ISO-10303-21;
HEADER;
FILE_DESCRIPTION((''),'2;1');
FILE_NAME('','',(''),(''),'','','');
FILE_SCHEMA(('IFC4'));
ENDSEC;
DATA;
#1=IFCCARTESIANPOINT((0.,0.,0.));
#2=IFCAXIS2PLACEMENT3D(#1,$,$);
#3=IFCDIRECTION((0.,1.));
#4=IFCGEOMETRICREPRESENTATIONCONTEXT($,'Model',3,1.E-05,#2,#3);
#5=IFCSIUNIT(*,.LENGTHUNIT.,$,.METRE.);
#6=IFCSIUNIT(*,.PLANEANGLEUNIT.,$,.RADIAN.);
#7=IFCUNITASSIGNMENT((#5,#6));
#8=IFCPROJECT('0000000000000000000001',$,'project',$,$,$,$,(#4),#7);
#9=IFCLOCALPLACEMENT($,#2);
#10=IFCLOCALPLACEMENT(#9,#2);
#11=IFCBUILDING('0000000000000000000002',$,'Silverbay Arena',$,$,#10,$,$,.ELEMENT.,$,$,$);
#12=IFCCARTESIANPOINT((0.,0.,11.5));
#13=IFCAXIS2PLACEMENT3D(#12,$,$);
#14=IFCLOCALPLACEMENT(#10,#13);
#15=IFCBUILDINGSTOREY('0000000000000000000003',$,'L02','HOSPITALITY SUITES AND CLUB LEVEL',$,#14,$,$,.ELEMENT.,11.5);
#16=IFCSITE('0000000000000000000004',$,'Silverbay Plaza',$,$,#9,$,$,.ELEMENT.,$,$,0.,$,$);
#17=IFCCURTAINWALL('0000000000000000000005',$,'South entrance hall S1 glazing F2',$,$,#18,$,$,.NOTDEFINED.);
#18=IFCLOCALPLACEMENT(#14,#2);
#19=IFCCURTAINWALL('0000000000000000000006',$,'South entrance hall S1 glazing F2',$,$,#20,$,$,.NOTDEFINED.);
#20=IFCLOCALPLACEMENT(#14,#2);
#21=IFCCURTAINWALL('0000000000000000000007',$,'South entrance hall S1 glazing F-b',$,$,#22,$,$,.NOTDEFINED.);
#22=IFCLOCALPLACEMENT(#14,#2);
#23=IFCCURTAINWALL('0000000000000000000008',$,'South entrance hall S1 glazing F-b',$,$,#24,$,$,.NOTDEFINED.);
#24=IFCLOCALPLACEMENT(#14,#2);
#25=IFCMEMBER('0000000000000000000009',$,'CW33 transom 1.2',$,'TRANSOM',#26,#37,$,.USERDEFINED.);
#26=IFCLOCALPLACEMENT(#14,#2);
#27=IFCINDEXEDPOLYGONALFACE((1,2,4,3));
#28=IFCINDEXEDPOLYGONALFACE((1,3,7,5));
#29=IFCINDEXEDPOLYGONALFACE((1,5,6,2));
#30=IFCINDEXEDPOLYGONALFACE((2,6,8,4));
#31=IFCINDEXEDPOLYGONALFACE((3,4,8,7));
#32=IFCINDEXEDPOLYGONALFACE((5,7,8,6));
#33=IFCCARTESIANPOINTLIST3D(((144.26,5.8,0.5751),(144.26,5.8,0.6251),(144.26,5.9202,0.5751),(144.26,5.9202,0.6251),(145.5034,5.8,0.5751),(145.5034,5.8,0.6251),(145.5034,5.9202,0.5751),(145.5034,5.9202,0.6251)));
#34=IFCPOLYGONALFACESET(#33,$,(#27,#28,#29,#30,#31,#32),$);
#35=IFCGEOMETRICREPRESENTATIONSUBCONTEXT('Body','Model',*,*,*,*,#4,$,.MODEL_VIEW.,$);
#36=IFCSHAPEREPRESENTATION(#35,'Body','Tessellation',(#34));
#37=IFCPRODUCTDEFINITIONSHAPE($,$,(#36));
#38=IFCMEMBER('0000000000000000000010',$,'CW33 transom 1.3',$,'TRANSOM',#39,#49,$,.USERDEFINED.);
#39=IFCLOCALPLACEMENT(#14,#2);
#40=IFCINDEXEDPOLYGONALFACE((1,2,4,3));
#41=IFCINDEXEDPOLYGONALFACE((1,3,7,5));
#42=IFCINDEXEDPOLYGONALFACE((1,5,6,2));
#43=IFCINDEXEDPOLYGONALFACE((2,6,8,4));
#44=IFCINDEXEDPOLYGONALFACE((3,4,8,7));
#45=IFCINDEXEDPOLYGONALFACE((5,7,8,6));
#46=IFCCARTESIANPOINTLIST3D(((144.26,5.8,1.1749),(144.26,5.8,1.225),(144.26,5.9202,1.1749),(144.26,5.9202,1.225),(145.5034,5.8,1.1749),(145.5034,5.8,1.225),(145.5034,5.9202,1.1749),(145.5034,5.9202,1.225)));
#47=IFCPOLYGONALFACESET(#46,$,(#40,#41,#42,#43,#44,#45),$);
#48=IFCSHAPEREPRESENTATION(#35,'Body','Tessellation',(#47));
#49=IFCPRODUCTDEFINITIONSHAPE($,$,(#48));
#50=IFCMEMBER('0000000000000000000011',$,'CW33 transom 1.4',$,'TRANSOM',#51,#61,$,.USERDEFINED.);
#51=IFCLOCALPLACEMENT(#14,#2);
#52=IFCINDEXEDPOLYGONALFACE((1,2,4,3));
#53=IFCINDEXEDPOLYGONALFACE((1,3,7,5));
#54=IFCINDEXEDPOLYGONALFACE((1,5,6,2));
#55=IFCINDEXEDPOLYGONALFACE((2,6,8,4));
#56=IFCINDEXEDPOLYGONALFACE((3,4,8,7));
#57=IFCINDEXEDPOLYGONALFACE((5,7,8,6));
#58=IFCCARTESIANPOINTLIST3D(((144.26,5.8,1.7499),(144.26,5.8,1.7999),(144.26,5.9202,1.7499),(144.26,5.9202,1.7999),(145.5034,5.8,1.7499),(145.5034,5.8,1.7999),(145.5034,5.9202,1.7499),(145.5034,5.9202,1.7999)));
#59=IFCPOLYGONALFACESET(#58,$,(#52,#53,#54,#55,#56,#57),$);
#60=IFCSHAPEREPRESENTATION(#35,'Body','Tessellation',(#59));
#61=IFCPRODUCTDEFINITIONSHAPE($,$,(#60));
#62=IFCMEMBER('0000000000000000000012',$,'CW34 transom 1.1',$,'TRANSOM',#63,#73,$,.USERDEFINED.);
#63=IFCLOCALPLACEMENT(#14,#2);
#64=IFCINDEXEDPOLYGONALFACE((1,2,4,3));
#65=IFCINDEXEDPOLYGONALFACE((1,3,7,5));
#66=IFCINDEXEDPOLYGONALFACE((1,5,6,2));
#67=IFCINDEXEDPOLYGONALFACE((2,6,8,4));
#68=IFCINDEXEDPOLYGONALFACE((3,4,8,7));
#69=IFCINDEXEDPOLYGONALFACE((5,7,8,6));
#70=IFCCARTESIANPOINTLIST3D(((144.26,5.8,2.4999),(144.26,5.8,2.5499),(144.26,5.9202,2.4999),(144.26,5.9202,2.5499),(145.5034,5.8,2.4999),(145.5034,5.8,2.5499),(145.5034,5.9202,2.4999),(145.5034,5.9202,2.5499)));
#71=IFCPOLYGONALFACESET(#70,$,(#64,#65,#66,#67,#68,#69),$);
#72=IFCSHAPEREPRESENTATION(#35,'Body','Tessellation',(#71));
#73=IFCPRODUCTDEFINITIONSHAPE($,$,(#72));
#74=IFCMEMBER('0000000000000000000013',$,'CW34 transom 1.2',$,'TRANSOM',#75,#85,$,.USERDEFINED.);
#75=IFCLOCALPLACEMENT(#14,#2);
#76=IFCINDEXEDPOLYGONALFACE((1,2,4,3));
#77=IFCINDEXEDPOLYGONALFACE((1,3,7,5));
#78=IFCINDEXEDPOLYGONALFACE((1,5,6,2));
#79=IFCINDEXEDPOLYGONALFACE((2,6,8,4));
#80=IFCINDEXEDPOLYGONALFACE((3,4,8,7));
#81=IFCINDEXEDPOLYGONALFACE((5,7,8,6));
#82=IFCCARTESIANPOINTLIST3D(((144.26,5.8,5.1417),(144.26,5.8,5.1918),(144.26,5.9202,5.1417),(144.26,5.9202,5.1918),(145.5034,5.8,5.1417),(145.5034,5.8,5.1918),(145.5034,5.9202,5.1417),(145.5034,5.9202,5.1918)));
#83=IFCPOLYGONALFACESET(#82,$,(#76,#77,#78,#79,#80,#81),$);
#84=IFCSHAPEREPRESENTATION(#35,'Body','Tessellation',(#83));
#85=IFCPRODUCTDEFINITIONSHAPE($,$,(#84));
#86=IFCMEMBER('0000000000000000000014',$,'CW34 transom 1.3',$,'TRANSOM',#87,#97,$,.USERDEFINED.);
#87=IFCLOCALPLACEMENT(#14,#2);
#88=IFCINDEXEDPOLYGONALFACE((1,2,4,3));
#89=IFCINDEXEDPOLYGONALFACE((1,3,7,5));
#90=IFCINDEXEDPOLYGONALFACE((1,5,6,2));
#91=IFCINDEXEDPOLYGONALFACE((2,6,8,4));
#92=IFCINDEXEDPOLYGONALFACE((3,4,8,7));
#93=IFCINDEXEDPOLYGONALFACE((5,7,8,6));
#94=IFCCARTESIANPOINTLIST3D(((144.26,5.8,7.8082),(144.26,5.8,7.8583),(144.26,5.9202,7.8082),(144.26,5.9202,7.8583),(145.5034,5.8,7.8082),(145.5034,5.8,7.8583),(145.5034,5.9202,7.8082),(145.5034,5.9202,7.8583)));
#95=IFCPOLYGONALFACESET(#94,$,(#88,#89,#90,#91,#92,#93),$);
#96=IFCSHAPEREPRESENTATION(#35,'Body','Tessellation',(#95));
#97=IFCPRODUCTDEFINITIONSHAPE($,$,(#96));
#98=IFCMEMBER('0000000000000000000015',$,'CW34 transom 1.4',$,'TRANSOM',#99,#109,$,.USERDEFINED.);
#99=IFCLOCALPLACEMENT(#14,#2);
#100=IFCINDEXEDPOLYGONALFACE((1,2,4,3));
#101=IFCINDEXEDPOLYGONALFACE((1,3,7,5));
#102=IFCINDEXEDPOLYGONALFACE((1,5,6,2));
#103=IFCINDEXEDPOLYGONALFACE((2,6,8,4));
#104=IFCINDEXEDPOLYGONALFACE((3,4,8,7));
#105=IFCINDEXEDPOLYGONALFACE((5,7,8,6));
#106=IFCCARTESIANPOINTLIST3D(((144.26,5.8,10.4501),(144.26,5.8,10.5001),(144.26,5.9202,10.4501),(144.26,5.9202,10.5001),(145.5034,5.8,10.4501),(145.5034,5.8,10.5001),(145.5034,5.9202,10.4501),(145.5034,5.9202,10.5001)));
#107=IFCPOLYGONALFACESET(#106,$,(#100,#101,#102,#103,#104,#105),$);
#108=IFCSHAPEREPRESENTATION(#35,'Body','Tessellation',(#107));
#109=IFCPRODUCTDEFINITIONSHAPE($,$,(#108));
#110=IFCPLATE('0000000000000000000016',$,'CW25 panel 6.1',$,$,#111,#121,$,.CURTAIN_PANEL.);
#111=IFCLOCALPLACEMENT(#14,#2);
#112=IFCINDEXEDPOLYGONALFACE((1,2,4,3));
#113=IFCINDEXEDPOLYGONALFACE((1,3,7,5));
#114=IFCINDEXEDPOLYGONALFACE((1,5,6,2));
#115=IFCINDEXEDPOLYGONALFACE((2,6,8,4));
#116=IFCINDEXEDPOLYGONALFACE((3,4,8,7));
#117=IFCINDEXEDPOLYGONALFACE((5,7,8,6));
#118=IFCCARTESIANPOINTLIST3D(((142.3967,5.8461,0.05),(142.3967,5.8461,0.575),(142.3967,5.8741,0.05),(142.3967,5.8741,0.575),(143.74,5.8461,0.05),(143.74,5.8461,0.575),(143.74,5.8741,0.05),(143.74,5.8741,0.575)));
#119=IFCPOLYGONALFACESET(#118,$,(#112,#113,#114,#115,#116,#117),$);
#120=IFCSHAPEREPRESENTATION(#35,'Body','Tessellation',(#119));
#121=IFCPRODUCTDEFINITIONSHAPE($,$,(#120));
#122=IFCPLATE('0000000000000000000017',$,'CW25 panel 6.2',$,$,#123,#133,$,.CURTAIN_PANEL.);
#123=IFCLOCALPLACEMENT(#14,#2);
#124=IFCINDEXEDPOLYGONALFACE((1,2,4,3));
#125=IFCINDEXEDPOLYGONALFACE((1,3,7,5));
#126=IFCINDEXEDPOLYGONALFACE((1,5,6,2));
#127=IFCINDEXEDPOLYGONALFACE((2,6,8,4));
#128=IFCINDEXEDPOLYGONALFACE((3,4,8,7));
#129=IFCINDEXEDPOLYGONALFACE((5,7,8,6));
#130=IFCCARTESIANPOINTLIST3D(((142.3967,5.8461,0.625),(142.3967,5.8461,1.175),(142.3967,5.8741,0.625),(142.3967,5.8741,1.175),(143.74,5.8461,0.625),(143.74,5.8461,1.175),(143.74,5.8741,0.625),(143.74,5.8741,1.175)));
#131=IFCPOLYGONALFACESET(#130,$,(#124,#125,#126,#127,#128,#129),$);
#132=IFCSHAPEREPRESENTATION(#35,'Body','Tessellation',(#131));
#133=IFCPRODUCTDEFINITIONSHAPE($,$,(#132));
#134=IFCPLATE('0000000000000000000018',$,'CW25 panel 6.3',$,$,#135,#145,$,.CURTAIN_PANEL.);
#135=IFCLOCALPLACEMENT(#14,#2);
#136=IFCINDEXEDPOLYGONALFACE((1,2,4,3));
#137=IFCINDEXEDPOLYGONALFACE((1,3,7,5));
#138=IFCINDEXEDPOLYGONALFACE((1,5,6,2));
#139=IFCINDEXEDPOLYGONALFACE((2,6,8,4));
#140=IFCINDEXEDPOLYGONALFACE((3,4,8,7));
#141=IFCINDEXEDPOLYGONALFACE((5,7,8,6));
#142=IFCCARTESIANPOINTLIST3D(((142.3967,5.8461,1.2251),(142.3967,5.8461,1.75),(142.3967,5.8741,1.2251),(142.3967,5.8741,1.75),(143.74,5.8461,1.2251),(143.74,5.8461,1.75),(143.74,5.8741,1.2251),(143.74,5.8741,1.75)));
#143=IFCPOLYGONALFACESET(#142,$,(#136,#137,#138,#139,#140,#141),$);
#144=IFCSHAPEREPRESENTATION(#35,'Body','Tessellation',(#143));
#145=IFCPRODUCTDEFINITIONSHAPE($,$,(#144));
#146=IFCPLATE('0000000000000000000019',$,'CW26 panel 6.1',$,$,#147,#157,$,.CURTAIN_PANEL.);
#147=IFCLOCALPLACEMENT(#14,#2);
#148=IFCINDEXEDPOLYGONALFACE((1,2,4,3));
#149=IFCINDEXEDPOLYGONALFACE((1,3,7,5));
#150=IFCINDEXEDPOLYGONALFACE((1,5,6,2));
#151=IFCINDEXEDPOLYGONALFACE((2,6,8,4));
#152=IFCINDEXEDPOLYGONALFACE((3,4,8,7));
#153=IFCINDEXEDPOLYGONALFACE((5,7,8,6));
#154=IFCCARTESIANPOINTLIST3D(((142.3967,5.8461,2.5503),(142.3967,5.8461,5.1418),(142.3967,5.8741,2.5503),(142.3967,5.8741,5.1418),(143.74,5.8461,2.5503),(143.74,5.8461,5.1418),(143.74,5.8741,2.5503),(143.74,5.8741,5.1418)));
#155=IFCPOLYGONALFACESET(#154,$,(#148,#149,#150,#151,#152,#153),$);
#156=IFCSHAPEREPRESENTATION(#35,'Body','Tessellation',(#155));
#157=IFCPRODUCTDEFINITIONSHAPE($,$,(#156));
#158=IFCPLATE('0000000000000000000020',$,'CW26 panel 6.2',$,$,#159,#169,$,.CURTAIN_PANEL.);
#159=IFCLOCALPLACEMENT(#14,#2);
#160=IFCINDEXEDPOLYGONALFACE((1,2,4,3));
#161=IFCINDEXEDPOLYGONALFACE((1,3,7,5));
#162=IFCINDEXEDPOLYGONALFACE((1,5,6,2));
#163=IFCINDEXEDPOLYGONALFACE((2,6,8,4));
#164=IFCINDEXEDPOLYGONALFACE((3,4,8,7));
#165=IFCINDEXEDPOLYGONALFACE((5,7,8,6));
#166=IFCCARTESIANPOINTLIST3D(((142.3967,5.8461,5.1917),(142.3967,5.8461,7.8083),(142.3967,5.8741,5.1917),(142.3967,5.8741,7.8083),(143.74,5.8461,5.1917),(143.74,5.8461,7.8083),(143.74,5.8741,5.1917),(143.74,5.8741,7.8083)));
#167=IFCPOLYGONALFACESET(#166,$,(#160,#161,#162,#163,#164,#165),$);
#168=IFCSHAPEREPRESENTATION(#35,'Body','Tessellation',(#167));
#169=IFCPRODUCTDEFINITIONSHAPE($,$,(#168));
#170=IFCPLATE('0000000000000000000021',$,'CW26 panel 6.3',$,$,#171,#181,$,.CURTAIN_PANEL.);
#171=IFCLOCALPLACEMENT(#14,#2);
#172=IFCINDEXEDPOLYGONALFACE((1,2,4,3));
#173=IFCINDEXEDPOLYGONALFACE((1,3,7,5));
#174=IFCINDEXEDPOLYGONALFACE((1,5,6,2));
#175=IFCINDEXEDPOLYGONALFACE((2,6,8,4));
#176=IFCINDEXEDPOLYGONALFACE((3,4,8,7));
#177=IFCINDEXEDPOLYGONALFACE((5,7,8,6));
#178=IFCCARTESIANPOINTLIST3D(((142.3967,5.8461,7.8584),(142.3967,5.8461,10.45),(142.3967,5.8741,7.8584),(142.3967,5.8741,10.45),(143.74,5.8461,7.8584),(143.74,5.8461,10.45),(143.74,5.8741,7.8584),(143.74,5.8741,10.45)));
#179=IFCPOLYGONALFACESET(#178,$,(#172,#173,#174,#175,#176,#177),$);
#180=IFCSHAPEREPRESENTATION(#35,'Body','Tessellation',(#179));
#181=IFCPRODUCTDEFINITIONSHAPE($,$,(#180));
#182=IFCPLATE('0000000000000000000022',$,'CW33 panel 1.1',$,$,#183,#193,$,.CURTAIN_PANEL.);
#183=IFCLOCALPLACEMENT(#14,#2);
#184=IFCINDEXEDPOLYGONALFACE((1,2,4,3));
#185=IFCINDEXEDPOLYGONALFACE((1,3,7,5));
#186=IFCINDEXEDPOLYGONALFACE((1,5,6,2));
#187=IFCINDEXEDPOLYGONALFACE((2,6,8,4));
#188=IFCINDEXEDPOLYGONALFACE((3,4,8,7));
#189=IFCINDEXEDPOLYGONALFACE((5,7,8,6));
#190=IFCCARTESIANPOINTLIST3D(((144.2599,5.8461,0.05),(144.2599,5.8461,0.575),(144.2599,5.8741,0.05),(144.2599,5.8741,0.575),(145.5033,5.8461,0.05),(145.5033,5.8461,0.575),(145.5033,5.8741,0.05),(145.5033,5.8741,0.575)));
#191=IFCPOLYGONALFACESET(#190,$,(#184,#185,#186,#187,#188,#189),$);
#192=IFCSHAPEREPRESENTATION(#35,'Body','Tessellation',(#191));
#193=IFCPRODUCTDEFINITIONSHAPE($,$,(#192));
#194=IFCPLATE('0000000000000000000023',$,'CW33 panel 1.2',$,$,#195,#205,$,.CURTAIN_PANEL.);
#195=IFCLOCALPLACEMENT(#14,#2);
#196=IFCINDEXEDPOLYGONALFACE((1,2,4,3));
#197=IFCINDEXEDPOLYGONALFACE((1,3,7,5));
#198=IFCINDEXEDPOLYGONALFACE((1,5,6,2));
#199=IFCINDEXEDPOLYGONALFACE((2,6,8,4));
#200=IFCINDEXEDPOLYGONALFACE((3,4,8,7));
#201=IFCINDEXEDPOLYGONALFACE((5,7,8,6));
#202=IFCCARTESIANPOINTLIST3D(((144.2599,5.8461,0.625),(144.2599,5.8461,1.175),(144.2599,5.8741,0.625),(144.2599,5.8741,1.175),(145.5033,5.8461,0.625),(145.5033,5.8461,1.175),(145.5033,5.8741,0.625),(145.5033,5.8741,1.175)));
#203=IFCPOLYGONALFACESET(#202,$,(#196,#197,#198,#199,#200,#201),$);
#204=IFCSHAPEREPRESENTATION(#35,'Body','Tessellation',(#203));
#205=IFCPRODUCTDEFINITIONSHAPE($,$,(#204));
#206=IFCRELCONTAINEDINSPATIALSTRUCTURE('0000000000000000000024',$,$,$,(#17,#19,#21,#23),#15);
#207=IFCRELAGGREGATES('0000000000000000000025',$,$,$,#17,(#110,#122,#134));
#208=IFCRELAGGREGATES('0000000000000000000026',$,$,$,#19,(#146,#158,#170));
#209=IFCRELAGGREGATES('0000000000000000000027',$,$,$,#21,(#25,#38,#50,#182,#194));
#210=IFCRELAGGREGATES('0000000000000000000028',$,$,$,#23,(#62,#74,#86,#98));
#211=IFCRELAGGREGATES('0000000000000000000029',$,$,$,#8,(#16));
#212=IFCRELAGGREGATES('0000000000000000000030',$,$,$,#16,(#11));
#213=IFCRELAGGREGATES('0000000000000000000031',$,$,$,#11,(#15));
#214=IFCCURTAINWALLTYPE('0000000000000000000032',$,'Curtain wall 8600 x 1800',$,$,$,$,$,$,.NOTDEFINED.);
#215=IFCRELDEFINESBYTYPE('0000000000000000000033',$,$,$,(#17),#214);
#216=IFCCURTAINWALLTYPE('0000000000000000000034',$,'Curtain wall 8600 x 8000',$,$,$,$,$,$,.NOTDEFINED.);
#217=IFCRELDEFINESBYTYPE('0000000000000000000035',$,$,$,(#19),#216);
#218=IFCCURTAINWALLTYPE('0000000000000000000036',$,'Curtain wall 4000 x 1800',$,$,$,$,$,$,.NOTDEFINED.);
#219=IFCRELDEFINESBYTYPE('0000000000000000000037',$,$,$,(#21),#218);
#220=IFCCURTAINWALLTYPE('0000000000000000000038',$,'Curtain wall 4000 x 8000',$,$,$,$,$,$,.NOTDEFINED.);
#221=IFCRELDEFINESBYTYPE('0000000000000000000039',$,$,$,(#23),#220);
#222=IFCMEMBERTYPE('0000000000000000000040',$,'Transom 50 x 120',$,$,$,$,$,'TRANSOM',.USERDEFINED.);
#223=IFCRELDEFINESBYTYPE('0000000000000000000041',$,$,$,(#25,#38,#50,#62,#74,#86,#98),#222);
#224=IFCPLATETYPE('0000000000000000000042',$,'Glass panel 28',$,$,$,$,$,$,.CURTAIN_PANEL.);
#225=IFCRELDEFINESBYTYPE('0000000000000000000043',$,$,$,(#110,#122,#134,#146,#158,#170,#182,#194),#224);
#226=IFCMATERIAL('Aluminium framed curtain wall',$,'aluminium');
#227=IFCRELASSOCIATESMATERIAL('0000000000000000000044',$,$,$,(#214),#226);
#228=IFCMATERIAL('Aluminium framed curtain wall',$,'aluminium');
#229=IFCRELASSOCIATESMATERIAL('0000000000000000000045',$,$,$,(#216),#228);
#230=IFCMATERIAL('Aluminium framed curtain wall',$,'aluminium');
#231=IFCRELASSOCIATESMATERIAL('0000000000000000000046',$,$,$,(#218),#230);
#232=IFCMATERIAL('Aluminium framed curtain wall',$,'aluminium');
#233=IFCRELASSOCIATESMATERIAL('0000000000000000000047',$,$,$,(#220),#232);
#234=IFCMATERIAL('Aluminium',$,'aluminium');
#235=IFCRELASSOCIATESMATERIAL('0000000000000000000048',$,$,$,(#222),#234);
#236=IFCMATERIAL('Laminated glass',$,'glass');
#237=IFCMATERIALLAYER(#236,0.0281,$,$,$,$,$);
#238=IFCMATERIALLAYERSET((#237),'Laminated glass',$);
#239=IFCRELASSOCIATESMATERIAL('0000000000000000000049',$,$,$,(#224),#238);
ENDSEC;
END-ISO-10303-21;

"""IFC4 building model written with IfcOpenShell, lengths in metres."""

from ifc_helpers import new_model, si_unit, direction, frame, origin, origin_2d, place, context, subcontext, project, spatial, rectangle, extrude, material, layer, layer_set, material_profile, profile_set, type_object, element, aggregate, save


model = new_model("IFC4")

# Units and contexts
model_context = context("Model", 3, precision=1e-05, world=origin(), true_north=direction((0.0, 1.0)))
body_context = subcontext(model_context, "Body", "Model", "MODEL_VIEW")
ifc_project = project(units=[si_unit("LENGTHUNIT", "METRE"), si_unit("PLANEANGLEUNIT", "RADIAN")], contexts=[model_context])

# Site, building, storey
site_placement = place(None, origin())
site = spatial("IfcSite", under=ifc_project, at=site_placement, Name="Silverbay Plaza", CompositionType="ELEMENT", RefElevation=0.0)
building_placement = place(site_placement, origin())
building = spatial("IfcBuilding", under=site, at=building_placement, Name="Silverbay Arena", CompositionType="ELEMENT")
storey_placement = place(building_placement, frame((0.0, 0.0, 11.5)))
storey = spatial("IfcBuildingStorey", under=building, at=storey_placement, Name="L02", Description="HOSPITALITY SUITES AND CLUB LEVEL", CompositionType="ELEMENT", Elevation=11.5)

# Curtain walls
ifc_material_1 = material(Name="Aluminium framed curtain wall", Category="aluminium")
curtain_wall_type_1 = type_object("IfcCurtainWallType", Name="Curtain wall 8600 x 1800", PredefinedType="NOTDEFINED", material=ifc_material_1)
curtain_wall_1_placement = place(storey_placement, origin())
curtain_wall_1 = element("IfcCurtainWall", 1, at=curtain_wall_1_placement, inside=storey, type_object=curtain_wall_type_1, Name="South entrance hall S1 glazing F2", PredefinedType="NOTDEFINED")
ifc_material_2 = material(Name="Aluminium framed curtain wall", Category="aluminium")
curtain_wall_type_2 = type_object("IfcCurtainWallType", Name="Curtain wall 8600 x 8000", PredefinedType="NOTDEFINED", material=ifc_material_2)
curtain_wall_2_placement = place(storey_placement, origin())
curtain_wall_2 = element("IfcCurtainWall", 2, at=curtain_wall_2_placement, inside=storey, type_object=curtain_wall_type_2, Name="South entrance hall S1 glazing F2", PredefinedType="NOTDEFINED")

# Curtain walls
ifc_material_3 = material(Name="Aluminium framed curtain wall", Category="aluminium")
curtain_wall_type_3 = type_object("IfcCurtainWallType", Name="Curtain wall 4000 x 1800", PredefinedType="NOTDEFINED", material=ifc_material_3)
curtain_wall_3_placement = place(storey_placement, origin())
curtain_wall_3 = element("IfcCurtainWall", 3, at=curtain_wall_3_placement, inside=storey, type_object=curtain_wall_type_3, Name="South entrance hall S1 glazing F-b", PredefinedType="NOTDEFINED")
ifc_material_4 = material(Name="Aluminium framed curtain wall", Category="aluminium")
curtain_wall_type_4 = type_object("IfcCurtainWallType", Name="Curtain wall 4000 x 8000", PredefinedType="NOTDEFINED", material=ifc_material_4)
curtain_wall_4_placement = place(storey_placement, origin())
curtain_wall_4 = element("IfcCurtainWall", 4, at=curtain_wall_4_placement, inside=storey, type_object=curtain_wall_type_4, Name="South entrance hall S1 glazing F-b", PredefinedType="NOTDEFINED")

# Members
ifc_material_5 = material(Name="Aluminium", Category="aluminium")
ifc_material_profile_1 = material_profile(ifc_material_5, rectangle(XDim=0.1201, YDim=0.05, at=origin_2d()), Name="Transom 50 x 120")
ifc_profile_set_1 = profile_set([ifc_material_profile_1], Name="Aluminium")
member_type_1 = type_object("IfcMemberType", Name="Transom 50 x 120", ElementType="TRANSOM", PredefinedType="USERDEFINED", material=ifc_profile_set_1)
member_1_placement = place(storey_placement, frame((144.26, 5.8601, 0.6001), z_axis=(1.0, 0.0, 0.0), x_axis=(0.0, 1.0, 0.0)))
member_1 = element("IfcMember", 5, at=member_1_placement, type_object=member_type_1, Name="CW33 transom 1.2", ObjectType="TRANSOM", PredefinedType="USERDEFINED", context=body_context, shape_type="SweptSolid", body=[
    extrude(rectangle(XDim=0.1201, YDim=0.05, at=origin_2d()), origin(), (0.0, 0.0, 1.0), 1.2434),
])
member_2_placement = place(storey_placement, frame((144.26, 5.8601, 1.2), z_axis=(1.0, 0.0, 0.0), x_axis=(0.0, 1.0, 0.0)))
member_2 = element("IfcMember", 6, at=member_2_placement, type_object=member_type_1, Name="CW33 transom 1.3", ObjectType="TRANSOM", PredefinedType="USERDEFINED", context=body_context, shape_type="SweptSolid", body=[
    extrude(rectangle(XDim=0.1201, YDim=0.05, at=origin_2d()), origin(), (0.0, 0.0, 1.0), 1.2434),
])
member_3_placement = place(storey_placement, frame((144.26, 5.8601, 1.7749), z_axis=(1.0, 0.0, 0.0), x_axis=(0.0, 1.0, 0.0)))
member_3 = element("IfcMember", 7, at=member_3_placement, type_object=member_type_1, Name="CW33 transom 1.4", ObjectType="TRANSOM", PredefinedType="USERDEFINED", context=body_context, shape_type="SweptSolid", body=[
    extrude(rectangle(XDim=0.1201, YDim=0.05, at=origin_2d()), origin(), (0.0, 0.0, 1.0), 1.2434),
])
member_4_placement = place(storey_placement, frame((144.26, 5.8601, 2.5249), z_axis=(1.0, 0.0, 0.0), x_axis=(0.0, 1.0, 0.0)))
member_4 = element("IfcMember", 8, at=member_4_placement, type_object=member_type_1, Name="CW34 transom 1.1", ObjectType="TRANSOM", PredefinedType="USERDEFINED", context=body_context, shape_type="SweptSolid", body=[
    extrude(rectangle(XDim=0.1201, YDim=0.05, at=origin_2d()), origin(), (0.0, 0.0, 1.0), 1.2434),
])
member_5_placement = place(storey_placement, frame((144.26, 5.8601, 5.1667), z_axis=(1.0, 0.0, 0.0), x_axis=(0.0, 1.0, 0.0)))
member_5 = element("IfcMember", 9, at=member_5_placement, type_object=member_type_1, Name="CW34 transom 1.2", ObjectType="TRANSOM", PredefinedType="USERDEFINED", context=body_context, shape_type="SweptSolid", body=[
    extrude(rectangle(XDim=0.1201, YDim=0.05, at=origin_2d()), origin(), (0.0, 0.0, 1.0), 1.2434),
])
member_6_placement = place(storey_placement, frame((144.26, 5.8601, 7.8333), z_axis=(1.0, 0.0, 0.0), x_axis=(0.0, 1.0, 0.0)))
member_6 = element("IfcMember", 10, at=member_6_placement, type_object=member_type_1, Name="CW34 transom 1.3", ObjectType="TRANSOM", PredefinedType="USERDEFINED", context=body_context, shape_type="SweptSolid", body=[
    extrude(rectangle(XDim=0.1201, YDim=0.05, at=origin_2d()), origin(), (0.0, 0.0, 1.0), 1.2434),
])
member_7_placement = place(storey_placement, frame((144.26, 5.8601, 10.4751), z_axis=(1.0, 0.0, 0.0), x_axis=(0.0, 1.0, 0.0)))
member_7 = element("IfcMember", 11, at=member_7_placement, type_object=member_type_1, Name="CW34 transom 1.4", ObjectType="TRANSOM", PredefinedType="USERDEFINED", context=body_context, shape_type="SweptSolid", body=[
    extrude(rectangle(XDim=0.1201, YDim=0.05, at=origin_2d()), origin(), (0.0, 0.0, 1.0), 1.2434),
])

# Plates
ifc_material_6 = material(Name="Laminated glass", Category="glass")
ifc_layer = layer(ifc_material_6, 0.0281)
ifc_layer_set = layer_set([ifc_layer], Name="Laminated glass")
plate_type = type_object("IfcPlateType", Name="Glass panel 28", PredefinedType="CURTAIN_PANEL", material=ifc_layer_set)
plate_1_placement = place(storey_placement, frame((143.0684, 5.8601, 0.05), z_axis=(0.0, 0.0, 1.0), x_axis=(1.0, 0.0, 0.0)))
plate_1 = element("IfcPlate", 12, at=plate_1_placement, type_object=plate_type, Name="CW25 panel 6.1", PredefinedType="CURTAIN_PANEL", context=body_context, shape_type="SweptSolid", body=[
    extrude(rectangle(XDim=1.3433, YDim=0.0281, at=origin_2d()), origin(), (0.0, 0.0, 1.0), 0.5249),
])
plate_2_placement = place(storey_placement, frame((143.0684, 5.8601, 0.625), z_axis=(0.0, 0.0, 1.0), x_axis=(1.0, 0.0, 0.0)))
plate_2 = element("IfcPlate", 13, at=plate_2_placement, type_object=plate_type, Name="CW25 panel 6.2", PredefinedType="CURTAIN_PANEL", context=body_context, shape_type="SweptSolid", body=[
    extrude(rectangle(XDim=1.3433, YDim=0.0281, at=origin_2d()), origin(), (0.0, 0.0, 1.0), 0.55),
])
plate_3_placement = place(storey_placement, frame((143.0684, 5.8601, 1.2251), z_axis=(0.0, 0.0, 1.0), x_axis=(1.0, 0.0, 0.0)))
plate_3 = element("IfcPlate", 14, at=plate_3_placement, type_object=plate_type, Name="CW25 panel 6.3", PredefinedType="CURTAIN_PANEL", context=body_context, shape_type="SweptSolid", body=[
    extrude(rectangle(XDim=1.3433, YDim=0.0281, at=origin_2d()), origin(), (0.0, 0.0, 1.0), 0.5249),
])
aggregate(curtain_wall_1, [plate_1, plate_2, plate_3])
plate_4_placement = place(storey_placement, frame((143.0684, 5.8601, 2.5503), z_axis=(0.0, 0.0, 1.0), x_axis=(1.0, 0.0, 0.0)))
plate_4 = element("IfcPlate", 15, at=plate_4_placement, type_object=plate_type, Name="CW26 panel 6.1", PredefinedType="CURTAIN_PANEL", context=body_context, shape_type="SweptSolid", body=[
    extrude(rectangle(XDim=1.3433, YDim=0.0281, at=origin_2d()), origin(), (0.0, 0.0, 1.0), 2.5916),
])
plate_5_placement = place(storey_placement, frame((143.0684, 5.8601, 5.1917), z_axis=(0.0, 0.0, 1.0), x_axis=(1.0, 0.0, 0.0)))
plate_5 = element("IfcPlate", 16, at=plate_5_placement, type_object=plate_type, Name="CW26 panel 6.2", PredefinedType="CURTAIN_PANEL", context=body_context, shape_type="SweptSolid", body=[
    extrude(rectangle(XDim=1.3433, YDim=0.0281, at=origin_2d()), origin(), (0.0, 0.0, 1.0), 2.6167),
])
plate_6_placement = place(storey_placement, frame((143.0684, 5.8601, 7.8584), z_axis=(0.0, 0.0, 1.0), x_axis=(1.0, 0.0, 0.0)))
plate_6 = element("IfcPlate", 17, at=plate_6_placement, type_object=plate_type, Name="CW26 panel 6.3", PredefinedType="CURTAIN_PANEL", context=body_context, shape_type="SweptSolid", body=[
    extrude(rectangle(XDim=1.3433, YDim=0.0281, at=origin_2d()), origin(), (0.0, 0.0, 1.0), 2.5916),
])
aggregate(curtain_wall_2, [plate_4, plate_5, plate_6])
plate_7_placement = place(storey_placement, frame((144.8816, 5.8601, 0.05), z_axis=(0.0, 0.0, 1.0), x_axis=(1.0, 0.0, 0.0)))
plate_7 = element("IfcPlate", 18, at=plate_7_placement, type_object=plate_type, Name="CW33 panel 1.1", PredefinedType="CURTAIN_PANEL", context=body_context, shape_type="SweptSolid", body=[
    extrude(rectangle(XDim=1.2434, YDim=0.0281, at=origin_2d()), origin(), (0.0, 0.0, 1.0), 0.5249),
])
plate_8_placement = place(storey_placement, frame((144.8816, 5.8601, 0.625), z_axis=(0.0, 0.0, 1.0), x_axis=(1.0, 0.0, 0.0)))
plate_8 = element("IfcPlate", 19, at=plate_8_placement, type_object=plate_type, Name="CW33 panel 1.2", PredefinedType="CURTAIN_PANEL", context=body_context, shape_type="SweptSolid", body=[
    extrude(rectangle(XDim=1.2434, YDim=0.0281, at=origin_2d()), origin(), (0.0, 0.0, 1.0), 0.55),
])
aggregate(curtain_wall_3, [member_1, member_2, member_3, plate_7, plate_8])
aggregate(curtain_wall_4, [member_4, member_5, member_6, member_7])

save(model, "model.ifc")
